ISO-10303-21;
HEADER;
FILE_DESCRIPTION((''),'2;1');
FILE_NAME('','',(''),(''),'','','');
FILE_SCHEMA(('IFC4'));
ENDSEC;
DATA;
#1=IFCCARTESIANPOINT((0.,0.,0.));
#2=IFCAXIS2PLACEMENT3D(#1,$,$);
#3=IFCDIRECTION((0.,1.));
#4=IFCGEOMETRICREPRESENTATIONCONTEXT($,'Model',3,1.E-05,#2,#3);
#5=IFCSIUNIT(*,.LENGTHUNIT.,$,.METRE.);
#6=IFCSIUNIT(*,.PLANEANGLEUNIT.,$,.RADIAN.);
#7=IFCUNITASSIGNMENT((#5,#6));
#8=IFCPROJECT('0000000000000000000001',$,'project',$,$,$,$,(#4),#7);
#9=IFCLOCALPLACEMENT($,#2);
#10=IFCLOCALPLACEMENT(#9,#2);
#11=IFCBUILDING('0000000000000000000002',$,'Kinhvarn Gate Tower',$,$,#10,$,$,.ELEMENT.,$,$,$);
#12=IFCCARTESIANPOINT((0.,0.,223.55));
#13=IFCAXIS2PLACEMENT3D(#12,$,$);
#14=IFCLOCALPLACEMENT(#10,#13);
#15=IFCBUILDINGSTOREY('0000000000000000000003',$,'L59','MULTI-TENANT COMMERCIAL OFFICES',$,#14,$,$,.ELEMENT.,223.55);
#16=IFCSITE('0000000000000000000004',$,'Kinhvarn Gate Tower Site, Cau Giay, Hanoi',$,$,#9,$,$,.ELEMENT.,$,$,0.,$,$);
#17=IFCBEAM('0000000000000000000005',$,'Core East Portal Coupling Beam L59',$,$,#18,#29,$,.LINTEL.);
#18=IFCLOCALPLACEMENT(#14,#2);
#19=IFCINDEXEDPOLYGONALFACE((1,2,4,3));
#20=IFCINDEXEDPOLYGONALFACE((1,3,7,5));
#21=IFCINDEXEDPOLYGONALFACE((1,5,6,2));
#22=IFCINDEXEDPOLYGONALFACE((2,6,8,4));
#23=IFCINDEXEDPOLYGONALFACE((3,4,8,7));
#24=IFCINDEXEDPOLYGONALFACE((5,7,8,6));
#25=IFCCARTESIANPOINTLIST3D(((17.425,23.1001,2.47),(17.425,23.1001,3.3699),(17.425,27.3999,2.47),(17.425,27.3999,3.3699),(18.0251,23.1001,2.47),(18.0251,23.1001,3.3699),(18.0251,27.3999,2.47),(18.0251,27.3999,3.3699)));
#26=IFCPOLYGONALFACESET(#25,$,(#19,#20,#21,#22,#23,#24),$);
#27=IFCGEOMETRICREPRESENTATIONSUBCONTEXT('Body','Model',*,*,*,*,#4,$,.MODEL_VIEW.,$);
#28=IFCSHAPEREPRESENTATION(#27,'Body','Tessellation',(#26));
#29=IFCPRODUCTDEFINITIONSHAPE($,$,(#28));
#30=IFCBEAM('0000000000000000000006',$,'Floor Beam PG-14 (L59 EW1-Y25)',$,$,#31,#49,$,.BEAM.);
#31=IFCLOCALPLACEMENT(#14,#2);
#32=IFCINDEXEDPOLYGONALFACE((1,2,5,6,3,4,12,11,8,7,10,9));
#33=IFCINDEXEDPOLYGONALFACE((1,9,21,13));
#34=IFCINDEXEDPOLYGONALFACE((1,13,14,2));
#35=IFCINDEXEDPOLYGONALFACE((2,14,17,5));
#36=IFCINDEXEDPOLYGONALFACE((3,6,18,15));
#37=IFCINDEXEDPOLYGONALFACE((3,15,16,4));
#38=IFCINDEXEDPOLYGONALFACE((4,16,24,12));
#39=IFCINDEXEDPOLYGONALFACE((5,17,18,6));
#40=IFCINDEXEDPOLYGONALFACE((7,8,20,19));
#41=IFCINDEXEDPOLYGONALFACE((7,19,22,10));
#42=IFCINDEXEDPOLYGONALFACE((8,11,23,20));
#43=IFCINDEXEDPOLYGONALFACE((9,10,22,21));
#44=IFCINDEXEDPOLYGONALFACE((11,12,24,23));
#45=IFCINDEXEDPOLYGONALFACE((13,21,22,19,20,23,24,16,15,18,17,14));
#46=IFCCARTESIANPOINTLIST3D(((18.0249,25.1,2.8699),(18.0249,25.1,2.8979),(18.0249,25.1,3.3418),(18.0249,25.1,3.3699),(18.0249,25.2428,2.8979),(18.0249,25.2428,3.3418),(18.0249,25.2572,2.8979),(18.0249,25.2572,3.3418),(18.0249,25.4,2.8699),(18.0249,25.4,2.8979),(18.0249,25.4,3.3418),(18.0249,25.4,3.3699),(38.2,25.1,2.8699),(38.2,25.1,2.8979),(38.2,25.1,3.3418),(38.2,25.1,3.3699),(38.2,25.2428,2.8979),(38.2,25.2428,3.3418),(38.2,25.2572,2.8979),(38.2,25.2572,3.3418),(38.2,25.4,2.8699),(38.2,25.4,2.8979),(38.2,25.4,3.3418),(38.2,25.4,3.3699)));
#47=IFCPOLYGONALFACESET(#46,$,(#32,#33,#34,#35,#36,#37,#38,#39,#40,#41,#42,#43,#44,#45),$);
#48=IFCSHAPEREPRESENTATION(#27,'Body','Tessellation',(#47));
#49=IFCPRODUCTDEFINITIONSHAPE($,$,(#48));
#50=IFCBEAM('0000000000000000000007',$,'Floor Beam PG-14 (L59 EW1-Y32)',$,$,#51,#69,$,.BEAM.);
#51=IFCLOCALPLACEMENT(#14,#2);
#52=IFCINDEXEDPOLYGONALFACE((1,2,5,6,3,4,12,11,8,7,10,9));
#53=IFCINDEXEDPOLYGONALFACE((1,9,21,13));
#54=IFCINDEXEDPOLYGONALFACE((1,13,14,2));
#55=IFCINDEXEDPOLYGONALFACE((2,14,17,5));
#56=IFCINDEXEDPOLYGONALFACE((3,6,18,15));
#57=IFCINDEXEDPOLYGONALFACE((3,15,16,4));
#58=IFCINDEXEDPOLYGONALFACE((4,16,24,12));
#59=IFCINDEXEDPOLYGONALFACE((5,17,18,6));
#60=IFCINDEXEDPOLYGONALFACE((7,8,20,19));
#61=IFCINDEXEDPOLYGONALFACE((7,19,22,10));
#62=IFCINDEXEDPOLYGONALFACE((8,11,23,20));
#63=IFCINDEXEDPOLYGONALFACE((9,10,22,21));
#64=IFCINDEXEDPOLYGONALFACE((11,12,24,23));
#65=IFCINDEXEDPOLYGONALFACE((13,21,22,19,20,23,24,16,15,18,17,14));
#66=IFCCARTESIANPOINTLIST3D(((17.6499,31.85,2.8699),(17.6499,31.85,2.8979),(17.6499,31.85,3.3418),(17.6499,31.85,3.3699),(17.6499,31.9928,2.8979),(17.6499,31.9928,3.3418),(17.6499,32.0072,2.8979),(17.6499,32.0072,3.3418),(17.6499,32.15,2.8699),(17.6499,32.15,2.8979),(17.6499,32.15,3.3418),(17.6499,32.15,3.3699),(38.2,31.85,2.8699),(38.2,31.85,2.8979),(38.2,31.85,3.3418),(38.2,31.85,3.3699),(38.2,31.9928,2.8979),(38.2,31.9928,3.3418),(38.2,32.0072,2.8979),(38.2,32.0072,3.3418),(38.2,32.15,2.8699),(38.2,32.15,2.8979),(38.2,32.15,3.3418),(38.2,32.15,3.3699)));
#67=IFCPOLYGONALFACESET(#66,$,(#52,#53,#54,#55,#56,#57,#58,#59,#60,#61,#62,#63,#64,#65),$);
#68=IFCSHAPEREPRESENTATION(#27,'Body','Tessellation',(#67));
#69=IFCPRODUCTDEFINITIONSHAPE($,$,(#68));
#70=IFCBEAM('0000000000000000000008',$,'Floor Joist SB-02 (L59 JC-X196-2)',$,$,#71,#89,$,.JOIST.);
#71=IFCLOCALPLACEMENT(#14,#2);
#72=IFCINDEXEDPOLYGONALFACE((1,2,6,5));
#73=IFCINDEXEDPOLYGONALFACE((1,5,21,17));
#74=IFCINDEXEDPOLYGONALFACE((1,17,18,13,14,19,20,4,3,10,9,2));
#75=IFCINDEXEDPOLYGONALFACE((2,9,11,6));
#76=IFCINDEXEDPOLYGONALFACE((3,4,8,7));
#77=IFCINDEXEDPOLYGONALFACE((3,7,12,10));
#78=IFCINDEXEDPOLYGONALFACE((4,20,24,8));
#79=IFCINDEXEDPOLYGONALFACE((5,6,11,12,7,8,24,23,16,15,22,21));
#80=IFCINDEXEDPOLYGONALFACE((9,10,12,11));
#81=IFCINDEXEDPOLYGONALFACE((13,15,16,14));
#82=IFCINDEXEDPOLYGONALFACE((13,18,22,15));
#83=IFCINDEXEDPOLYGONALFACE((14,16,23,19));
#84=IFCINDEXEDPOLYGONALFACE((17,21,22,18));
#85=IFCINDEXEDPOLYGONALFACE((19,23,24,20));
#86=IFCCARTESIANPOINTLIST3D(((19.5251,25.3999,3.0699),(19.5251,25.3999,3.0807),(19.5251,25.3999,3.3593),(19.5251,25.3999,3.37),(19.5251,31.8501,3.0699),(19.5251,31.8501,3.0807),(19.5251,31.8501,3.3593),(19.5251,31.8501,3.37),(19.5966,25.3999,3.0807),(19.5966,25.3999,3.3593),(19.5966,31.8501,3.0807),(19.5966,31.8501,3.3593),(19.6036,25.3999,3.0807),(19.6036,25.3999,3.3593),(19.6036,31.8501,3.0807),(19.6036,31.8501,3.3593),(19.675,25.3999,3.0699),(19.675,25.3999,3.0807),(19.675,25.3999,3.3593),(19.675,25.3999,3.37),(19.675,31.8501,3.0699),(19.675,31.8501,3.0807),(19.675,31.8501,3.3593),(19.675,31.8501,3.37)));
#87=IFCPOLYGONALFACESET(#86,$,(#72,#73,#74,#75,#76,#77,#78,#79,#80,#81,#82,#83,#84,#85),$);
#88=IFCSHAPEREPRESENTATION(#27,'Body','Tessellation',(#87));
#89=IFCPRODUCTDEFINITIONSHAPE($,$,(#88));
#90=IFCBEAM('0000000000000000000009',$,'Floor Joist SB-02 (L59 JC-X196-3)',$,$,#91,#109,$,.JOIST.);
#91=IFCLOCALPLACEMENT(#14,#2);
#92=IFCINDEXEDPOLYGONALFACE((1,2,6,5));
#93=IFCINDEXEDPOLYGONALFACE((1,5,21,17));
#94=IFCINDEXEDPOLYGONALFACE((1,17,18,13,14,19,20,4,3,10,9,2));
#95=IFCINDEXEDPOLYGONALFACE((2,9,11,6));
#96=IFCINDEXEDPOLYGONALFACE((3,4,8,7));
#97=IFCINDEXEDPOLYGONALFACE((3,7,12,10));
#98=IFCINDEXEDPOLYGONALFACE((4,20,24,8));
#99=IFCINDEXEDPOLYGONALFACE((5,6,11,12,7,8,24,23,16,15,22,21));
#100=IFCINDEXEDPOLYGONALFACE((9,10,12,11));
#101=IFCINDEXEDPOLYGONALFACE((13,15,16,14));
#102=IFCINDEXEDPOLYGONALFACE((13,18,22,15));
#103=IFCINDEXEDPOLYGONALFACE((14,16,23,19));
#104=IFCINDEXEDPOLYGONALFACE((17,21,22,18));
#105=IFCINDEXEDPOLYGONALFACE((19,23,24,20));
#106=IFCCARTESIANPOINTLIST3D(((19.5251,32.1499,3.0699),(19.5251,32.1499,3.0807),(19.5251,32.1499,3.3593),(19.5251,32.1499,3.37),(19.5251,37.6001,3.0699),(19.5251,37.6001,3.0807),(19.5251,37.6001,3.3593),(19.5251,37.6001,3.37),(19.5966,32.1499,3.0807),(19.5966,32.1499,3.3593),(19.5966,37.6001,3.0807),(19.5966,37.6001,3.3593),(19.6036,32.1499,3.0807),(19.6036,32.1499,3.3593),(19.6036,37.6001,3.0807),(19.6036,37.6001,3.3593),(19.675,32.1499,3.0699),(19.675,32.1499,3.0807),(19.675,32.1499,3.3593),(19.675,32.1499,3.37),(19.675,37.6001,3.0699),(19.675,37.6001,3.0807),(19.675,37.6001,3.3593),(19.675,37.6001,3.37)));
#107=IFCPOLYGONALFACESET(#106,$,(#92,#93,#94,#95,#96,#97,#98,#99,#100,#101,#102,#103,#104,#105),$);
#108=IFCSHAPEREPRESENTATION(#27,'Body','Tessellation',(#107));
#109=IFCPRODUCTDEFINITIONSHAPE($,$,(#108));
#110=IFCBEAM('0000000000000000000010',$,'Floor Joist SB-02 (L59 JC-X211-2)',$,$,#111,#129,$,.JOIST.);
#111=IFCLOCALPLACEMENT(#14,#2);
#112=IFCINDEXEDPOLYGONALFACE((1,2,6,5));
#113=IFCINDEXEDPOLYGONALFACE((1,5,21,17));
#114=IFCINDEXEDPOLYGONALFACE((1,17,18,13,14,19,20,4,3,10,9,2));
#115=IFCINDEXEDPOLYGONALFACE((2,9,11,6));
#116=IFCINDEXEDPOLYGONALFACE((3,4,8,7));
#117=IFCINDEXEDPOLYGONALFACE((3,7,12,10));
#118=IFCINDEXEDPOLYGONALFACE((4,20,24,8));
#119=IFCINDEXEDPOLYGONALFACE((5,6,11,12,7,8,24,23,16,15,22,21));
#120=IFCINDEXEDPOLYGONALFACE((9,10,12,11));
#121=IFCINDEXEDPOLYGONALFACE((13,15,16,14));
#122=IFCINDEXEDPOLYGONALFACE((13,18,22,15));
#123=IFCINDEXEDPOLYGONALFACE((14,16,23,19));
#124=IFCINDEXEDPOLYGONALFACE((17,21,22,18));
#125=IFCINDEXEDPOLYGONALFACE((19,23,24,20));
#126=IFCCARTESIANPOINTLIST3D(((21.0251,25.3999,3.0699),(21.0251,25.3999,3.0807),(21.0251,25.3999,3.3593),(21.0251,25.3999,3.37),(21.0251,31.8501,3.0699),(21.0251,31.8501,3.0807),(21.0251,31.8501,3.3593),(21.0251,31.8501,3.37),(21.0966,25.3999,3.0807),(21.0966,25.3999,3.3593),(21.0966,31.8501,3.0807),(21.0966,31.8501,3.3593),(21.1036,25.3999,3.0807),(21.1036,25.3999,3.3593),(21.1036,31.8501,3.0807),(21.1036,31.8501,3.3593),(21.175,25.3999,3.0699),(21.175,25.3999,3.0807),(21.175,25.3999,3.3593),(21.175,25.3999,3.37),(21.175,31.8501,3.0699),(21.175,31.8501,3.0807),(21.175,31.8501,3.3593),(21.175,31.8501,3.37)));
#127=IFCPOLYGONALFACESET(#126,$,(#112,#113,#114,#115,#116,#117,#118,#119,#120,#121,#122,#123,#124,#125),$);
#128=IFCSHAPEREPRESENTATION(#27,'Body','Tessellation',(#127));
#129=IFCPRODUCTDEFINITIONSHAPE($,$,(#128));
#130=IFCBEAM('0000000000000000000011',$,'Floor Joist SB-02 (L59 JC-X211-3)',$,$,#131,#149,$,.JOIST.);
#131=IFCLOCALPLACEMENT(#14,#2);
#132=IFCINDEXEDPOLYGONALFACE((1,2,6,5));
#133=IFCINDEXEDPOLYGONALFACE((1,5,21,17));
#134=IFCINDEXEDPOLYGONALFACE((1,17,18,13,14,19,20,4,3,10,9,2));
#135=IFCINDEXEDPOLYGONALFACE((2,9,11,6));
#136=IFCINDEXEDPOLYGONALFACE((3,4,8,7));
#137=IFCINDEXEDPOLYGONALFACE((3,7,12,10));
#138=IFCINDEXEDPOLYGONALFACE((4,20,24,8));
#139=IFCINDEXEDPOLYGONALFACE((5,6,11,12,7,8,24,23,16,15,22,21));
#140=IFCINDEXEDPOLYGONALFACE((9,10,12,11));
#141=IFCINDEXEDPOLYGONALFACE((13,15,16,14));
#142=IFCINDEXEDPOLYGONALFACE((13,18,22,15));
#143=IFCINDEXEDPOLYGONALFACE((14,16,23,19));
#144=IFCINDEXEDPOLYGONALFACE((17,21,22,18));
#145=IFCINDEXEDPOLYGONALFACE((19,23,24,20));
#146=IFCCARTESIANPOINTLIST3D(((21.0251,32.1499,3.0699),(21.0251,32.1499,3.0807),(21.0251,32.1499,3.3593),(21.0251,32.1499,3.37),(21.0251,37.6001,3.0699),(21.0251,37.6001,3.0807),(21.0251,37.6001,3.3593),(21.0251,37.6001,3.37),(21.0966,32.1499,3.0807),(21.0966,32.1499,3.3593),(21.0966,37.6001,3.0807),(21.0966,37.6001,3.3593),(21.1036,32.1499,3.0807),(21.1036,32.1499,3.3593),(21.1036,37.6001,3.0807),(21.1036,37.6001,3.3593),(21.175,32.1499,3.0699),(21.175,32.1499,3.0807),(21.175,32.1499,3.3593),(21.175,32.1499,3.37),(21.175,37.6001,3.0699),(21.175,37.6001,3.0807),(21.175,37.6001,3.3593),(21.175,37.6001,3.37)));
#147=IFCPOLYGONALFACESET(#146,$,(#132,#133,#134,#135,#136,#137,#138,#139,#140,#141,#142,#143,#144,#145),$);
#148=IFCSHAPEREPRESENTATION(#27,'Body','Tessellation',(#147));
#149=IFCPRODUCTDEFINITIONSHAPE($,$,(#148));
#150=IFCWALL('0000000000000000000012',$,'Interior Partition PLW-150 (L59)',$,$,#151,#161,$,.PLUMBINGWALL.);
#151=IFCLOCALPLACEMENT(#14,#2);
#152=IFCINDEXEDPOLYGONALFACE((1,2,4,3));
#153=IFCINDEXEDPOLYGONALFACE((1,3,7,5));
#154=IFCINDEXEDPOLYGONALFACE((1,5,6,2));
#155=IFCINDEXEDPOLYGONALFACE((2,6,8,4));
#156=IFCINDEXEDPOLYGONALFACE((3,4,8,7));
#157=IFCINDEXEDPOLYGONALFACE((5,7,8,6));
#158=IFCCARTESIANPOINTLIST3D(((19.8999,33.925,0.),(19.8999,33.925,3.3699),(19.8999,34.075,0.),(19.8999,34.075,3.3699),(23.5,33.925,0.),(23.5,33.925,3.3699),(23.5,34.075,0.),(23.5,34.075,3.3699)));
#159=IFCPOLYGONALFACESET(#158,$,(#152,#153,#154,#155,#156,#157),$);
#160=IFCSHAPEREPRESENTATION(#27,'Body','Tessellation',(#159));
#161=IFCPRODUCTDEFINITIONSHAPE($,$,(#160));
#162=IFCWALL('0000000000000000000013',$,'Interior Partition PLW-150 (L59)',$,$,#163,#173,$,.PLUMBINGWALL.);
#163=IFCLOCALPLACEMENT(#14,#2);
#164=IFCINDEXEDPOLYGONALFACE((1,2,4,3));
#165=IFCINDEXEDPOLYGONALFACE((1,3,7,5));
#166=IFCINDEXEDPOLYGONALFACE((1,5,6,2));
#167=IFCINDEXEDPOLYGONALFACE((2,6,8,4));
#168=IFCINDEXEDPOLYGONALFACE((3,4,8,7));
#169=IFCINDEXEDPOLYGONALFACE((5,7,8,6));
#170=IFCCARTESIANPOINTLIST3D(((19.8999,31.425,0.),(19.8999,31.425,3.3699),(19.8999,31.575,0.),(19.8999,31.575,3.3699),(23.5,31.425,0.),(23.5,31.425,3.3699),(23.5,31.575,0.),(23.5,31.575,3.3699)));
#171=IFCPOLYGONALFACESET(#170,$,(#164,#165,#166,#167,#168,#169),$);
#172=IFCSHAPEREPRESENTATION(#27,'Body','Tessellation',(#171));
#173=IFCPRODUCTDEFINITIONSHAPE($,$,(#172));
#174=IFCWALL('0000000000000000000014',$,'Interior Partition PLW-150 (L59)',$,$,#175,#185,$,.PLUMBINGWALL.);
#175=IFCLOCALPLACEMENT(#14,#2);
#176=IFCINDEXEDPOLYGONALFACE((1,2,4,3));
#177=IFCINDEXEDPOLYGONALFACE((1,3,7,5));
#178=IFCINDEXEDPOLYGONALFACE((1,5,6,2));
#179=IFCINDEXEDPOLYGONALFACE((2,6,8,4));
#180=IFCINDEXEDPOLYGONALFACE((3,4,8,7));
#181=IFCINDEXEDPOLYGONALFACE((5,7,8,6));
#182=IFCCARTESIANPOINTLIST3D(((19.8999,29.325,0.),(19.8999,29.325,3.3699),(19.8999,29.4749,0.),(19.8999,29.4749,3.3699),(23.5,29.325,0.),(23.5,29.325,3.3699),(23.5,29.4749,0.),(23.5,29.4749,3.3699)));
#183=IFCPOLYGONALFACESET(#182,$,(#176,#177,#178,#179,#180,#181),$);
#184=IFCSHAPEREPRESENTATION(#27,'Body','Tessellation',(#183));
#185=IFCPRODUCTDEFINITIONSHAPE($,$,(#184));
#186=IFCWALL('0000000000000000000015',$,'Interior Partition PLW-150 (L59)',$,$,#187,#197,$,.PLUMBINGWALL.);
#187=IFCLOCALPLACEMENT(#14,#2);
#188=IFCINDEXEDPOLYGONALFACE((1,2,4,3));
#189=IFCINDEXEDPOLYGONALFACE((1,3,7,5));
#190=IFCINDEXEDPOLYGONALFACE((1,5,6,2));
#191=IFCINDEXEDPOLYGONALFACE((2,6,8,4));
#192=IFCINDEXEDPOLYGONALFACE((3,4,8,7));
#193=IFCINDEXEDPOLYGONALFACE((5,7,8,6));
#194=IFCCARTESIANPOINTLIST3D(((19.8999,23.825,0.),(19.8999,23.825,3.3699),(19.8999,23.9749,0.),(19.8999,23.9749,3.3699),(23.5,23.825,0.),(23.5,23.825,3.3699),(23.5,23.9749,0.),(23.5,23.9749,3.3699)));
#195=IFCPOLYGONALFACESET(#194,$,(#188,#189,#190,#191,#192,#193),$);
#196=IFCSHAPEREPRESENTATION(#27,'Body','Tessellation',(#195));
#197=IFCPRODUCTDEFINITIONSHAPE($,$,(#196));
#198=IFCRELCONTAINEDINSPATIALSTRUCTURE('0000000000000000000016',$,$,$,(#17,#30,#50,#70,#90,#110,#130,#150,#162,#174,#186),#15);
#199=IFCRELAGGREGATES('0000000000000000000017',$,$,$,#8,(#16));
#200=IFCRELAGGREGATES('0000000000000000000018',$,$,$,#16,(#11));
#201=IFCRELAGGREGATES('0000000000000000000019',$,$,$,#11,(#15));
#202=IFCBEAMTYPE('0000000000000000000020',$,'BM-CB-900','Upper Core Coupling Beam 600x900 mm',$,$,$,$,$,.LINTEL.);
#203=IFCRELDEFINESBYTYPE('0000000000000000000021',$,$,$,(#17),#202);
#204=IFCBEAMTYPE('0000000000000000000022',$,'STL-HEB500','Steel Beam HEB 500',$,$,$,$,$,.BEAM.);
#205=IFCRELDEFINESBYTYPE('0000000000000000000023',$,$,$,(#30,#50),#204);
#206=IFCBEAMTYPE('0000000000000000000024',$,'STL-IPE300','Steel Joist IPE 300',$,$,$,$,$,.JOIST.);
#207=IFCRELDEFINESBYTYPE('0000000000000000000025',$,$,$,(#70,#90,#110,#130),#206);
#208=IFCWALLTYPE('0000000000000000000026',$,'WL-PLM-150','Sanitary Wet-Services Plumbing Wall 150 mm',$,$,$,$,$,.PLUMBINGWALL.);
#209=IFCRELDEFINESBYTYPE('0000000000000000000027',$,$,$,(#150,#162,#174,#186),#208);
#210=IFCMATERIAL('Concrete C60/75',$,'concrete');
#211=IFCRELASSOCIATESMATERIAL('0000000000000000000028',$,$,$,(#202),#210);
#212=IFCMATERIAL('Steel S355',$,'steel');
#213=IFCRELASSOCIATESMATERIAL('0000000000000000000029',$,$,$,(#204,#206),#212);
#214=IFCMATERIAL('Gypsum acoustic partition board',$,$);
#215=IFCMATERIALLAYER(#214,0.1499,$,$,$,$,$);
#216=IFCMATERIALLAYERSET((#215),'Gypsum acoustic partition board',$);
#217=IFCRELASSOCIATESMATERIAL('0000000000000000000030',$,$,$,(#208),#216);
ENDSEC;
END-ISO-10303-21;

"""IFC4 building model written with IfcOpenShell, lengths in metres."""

from ifc_helpers import new_model, si_unit, direction, frame, frame_2d, origin, origin_2d, place, context, subcontext, project, spatial, rectangle, i_section, extrude, material, layer, layer_set, material_profile, profile_set, type_object, element, save


model = new_model("IFC4")

# Units and contexts
model_context = context("Model", 3, precision=1e-05, world=origin(), true_north=direction((0.0, 1.0)))
body_context = subcontext(model_context, "Body", "Model", "MODEL_VIEW")
ifc_project = project(units=[si_unit("LENGTHUNIT", "METRE"), si_unit("PLANEANGLEUNIT", "RADIAN")], contexts=[model_context])

# Site, building, storey
site_placement = place(None, origin())
site = spatial("IfcSite", under=ifc_project, at=site_placement, Name="Kinhvarn Gate Tower Site, Cau Giay, Hanoi", CompositionType="ELEMENT", RefElevation=0.0)
building_placement = place(site_placement, origin())
building = spatial("IfcBuilding", under=site, at=building_placement, Name="Kinhvarn Gate Tower", CompositionType="ELEMENT")
storey_placement = place(building_placement, frame((0.0, 0.0, 223.55)))
storey = spatial("IfcBuildingStorey", under=building, at=storey_placement, Name="L59", Description="MULTI-TENANT COMMERCIAL OFFICES", CompositionType="ELEMENT", Elevation=223.55)

# Beams
ifc_material_1 = material(Name="Concrete C60/75", Category="concrete")
ifc_material_profile_1 = material_profile(ifc_material_1, rectangle(XDim=0.6001, YDim=0.8999, at=origin_2d()), Name="RC 600x900")
ifc_profile_set_1 = profile_set([ifc_material_profile_1], Name="Concrete C60/75")
beam_type_1 = type_object("IfcBeamType", Name="BM-CB-900", Description="Upper Core Coupling Beam 600x900 mm", PredefinedType="LINTEL", material=ifc_profile_set_1)
beam_1_placement = place(storey_placement, frame((17.7251, 23.1001, 2.9199), z_axis=(0.0, 1.0, 0.0), x_axis=(-1.0, 0.0, 0.0)))
element("IfcBeam", 1, at=beam_1_placement, inside=storey, type_object=beam_type_1, Name="Core East Portal Coupling Beam L59", PredefinedType="LINTEL", context=body_context, shape_type="SweptSolid", body=[
    extrude(rectangle(XDim=0.6001, YDim=0.8999, at=origin_2d()), origin(), (0.0, 0.0, 1.0), 4.2998),
])
ifc_material_2 = material(Name="Steel S355", Category="steel")
ifc_material_profile_2 = material_profile(ifc_material_2, i_section(OverallWidth=0.3, OverallDepth=0.5, WebThickness=0.0144, FlangeThickness=0.0281, at=origin_2d()), Name="HEB 500")
ifc_profile_set_2 = profile_set([ifc_material_profile_2], Name="Steel S355")
beam_type_2 = type_object("IfcBeamType", Name="STL-HEB500", Description="Steel Beam HEB 500", PredefinedType="BEAM", material=ifc_profile_set_2)
beam_2_placement = place(storey_placement, frame((18.0249, 25.25, 3.1199), z_axis=(1.0, 0.0, 0.0), x_axis=(0.0, 1.0, 0.0)))
element("IfcBeam", 2, at=beam_2_placement, inside=storey, type_object=beam_type_2, Name="Floor Beam PG-14 (L59 EW1-Y25)", PredefinedType="BEAM", context=body_context, shape_type="SweptSolid", body=[
    extrude(i_section(OverallWidth=0.3, OverallDepth=0.5, WebThickness=0.0144, FlangeThickness=0.0281, at=origin_2d()), origin(), (0.0, 0.0, 1.0), 20.175),
])
beam_3_placement = place(storey_placement, frame((17.6499, 32.0, 3.1199), z_axis=(1.0, 0.0, 0.0), x_axis=(0.0, 1.0, 0.0)))
element("IfcBeam", 3, at=beam_3_placement, inside=storey, type_object=beam_type_2, Name="Floor Beam PG-14 (L59 EW1-Y32)", PredefinedType="BEAM", context=body_context, shape_type="SweptSolid", body=[
    extrude(i_section(OverallWidth=0.3, OverallDepth=0.5, WebThickness=0.0144, FlangeThickness=0.0281, at=origin_2d()), origin(), (0.0, 0.0, 1.0), 20.55),
])
ifc_material_profile_3 = material_profile(ifc_material_2, i_section(OverallWidth=0.1499, OverallDepth=0.3, WebThickness=0.0071, FlangeThickness=0.0107, at=origin_2d()), Name="IPE 300")
ifc_profile_set_3 = profile_set([ifc_material_profile_3], Name="Steel S355")
beam_type_3 = type_object("IfcBeamType", Name="STL-IPE300", Description="Steel Joist IPE 300", PredefinedType="JOIST", material=ifc_profile_set_3)
beam_4_placement = place(storey_placement, frame((19.6001, 25.3999, 3.22), z_axis=(0.0, 1.0, 0.0), x_axis=(-1.0, 0.0, 0.0)))
element("IfcBeam", 4, at=beam_4_placement, inside=storey, type_object=beam_type_3, Name="Floor Joist SB-02 (L59 JC-X196-2)", PredefinedType="JOIST", context=body_context, shape_type="SweptSolid", body=[
    extrude(i_section(OverallWidth=0.1499, OverallDepth=0.3, WebThickness=0.0071, FlangeThickness=0.0107, at=origin_2d()), origin(), (0.0, 0.0, 1.0), 6.4502),
])
beam_5_placement = place(storey_placement, frame((19.6001, 32.1499, 3.22), z_axis=(0.0, 1.0, 0.0), x_axis=(-1.0, 0.0, 0.0)))
element("IfcBeam", 5, at=beam_5_placement, inside=storey, type_object=beam_type_3, Name="Floor Joist SB-02 (L59 JC-X196-3)", PredefinedType="JOIST", context=body_context, shape_type="SweptSolid", body=[
    extrude(i_section(OverallWidth=0.1499, OverallDepth=0.3, WebThickness=0.0071, FlangeThickness=0.0107, at=origin_2d()), origin(), (0.0, 0.0, 1.0), 5.4502),
])
beam_6_placement = place(storey_placement, frame((21.1001, 25.3999, 3.22), z_axis=(0.0, 1.0, 0.0), x_axis=(-1.0, 0.0, 0.0)))
element("IfcBeam", 6, at=beam_6_placement, inside=storey, type_object=beam_type_3, Name="Floor Joist SB-02 (L59 JC-X211-2)", PredefinedType="JOIST", context=body_context, shape_type="SweptSolid", body=[
    extrude(i_section(OverallWidth=0.1499, OverallDepth=0.3, WebThickness=0.0071, FlangeThickness=0.0107, at=origin_2d()), origin(), (0.0, 0.0, 1.0), 6.4502),
])
beam_7_placement = place(storey_placement, frame((21.1001, 32.1499, 3.22), z_axis=(0.0, 1.0, 0.0), x_axis=(-1.0, 0.0, 0.0)))
element("IfcBeam", 7, at=beam_7_placement, inside=storey, type_object=beam_type_3, Name="Floor Joist SB-02 (L59 JC-X211-3)", PredefinedType="JOIST", context=body_context, shape_type="SweptSolid", body=[
    extrude(i_section(OverallWidth=0.1499, OverallDepth=0.3, WebThickness=0.0071, FlangeThickness=0.0107, at=origin_2d()), origin(), (0.0, 0.0, 1.0), 5.4502),
])

# Walls
ifc_material_3 = material(Name="Gypsum acoustic partition board")
ifc_layer_1 = layer(ifc_material_3, 0.1499)
ifc_layer_set_1 = layer_set([ifc_layer_1], Name="Gypsum acoustic partition board")
wall_type_1 = type_object("IfcWallType", Name="WL-PLM-150", Description="Sanitary Wet-Services Plumbing Wall 150 mm", PredefinedType="PLUMBINGWALL", material=ifc_layer_set_1)
for number, where, z_axis, x_axis, name in (
    (8, (19.8999, 34.0, 0.0), (0.0, 0.0, 1.0), (1.0, 0.0, 0.0), "Interior Partition PLW-150 (L59)"),
    (9, (19.8999, 31.5, 0.0), (0.0, 0.0, 1.0), (1.0, 0.0, 0.0), "Interior Partition PLW-150 (L59)"),
    (10, (19.8999, 29.3999, 0.0), (0.0, 0.0, 1.0), (1.0, 0.0, 0.0), "Interior Partition PLW-150 (L59)"),
    (11, (19.8999, 23.8999, 0.0), (0.0, 0.0, 1.0), (1.0, 0.0, 0.0), "Interior Partition PLW-150 (L59)"),
):
    element("IfcWall", number, at=place(storey_placement, frame(where, z_axis=z_axis, x_axis=x_axis)), inside=storey, type_object=wall_type_1, Name=name, PredefinedType="PLUMBINGWALL", context=body_context, shape_type="SweptSolid", body=[
        extrude(rectangle(XDim=3.6001, YDim=0.1499, at=frame_2d((1.8, 0.0))), origin(), (0.0, 0.0, 1.0), 3.3699),
    ])

save(model, "model.ifc")
